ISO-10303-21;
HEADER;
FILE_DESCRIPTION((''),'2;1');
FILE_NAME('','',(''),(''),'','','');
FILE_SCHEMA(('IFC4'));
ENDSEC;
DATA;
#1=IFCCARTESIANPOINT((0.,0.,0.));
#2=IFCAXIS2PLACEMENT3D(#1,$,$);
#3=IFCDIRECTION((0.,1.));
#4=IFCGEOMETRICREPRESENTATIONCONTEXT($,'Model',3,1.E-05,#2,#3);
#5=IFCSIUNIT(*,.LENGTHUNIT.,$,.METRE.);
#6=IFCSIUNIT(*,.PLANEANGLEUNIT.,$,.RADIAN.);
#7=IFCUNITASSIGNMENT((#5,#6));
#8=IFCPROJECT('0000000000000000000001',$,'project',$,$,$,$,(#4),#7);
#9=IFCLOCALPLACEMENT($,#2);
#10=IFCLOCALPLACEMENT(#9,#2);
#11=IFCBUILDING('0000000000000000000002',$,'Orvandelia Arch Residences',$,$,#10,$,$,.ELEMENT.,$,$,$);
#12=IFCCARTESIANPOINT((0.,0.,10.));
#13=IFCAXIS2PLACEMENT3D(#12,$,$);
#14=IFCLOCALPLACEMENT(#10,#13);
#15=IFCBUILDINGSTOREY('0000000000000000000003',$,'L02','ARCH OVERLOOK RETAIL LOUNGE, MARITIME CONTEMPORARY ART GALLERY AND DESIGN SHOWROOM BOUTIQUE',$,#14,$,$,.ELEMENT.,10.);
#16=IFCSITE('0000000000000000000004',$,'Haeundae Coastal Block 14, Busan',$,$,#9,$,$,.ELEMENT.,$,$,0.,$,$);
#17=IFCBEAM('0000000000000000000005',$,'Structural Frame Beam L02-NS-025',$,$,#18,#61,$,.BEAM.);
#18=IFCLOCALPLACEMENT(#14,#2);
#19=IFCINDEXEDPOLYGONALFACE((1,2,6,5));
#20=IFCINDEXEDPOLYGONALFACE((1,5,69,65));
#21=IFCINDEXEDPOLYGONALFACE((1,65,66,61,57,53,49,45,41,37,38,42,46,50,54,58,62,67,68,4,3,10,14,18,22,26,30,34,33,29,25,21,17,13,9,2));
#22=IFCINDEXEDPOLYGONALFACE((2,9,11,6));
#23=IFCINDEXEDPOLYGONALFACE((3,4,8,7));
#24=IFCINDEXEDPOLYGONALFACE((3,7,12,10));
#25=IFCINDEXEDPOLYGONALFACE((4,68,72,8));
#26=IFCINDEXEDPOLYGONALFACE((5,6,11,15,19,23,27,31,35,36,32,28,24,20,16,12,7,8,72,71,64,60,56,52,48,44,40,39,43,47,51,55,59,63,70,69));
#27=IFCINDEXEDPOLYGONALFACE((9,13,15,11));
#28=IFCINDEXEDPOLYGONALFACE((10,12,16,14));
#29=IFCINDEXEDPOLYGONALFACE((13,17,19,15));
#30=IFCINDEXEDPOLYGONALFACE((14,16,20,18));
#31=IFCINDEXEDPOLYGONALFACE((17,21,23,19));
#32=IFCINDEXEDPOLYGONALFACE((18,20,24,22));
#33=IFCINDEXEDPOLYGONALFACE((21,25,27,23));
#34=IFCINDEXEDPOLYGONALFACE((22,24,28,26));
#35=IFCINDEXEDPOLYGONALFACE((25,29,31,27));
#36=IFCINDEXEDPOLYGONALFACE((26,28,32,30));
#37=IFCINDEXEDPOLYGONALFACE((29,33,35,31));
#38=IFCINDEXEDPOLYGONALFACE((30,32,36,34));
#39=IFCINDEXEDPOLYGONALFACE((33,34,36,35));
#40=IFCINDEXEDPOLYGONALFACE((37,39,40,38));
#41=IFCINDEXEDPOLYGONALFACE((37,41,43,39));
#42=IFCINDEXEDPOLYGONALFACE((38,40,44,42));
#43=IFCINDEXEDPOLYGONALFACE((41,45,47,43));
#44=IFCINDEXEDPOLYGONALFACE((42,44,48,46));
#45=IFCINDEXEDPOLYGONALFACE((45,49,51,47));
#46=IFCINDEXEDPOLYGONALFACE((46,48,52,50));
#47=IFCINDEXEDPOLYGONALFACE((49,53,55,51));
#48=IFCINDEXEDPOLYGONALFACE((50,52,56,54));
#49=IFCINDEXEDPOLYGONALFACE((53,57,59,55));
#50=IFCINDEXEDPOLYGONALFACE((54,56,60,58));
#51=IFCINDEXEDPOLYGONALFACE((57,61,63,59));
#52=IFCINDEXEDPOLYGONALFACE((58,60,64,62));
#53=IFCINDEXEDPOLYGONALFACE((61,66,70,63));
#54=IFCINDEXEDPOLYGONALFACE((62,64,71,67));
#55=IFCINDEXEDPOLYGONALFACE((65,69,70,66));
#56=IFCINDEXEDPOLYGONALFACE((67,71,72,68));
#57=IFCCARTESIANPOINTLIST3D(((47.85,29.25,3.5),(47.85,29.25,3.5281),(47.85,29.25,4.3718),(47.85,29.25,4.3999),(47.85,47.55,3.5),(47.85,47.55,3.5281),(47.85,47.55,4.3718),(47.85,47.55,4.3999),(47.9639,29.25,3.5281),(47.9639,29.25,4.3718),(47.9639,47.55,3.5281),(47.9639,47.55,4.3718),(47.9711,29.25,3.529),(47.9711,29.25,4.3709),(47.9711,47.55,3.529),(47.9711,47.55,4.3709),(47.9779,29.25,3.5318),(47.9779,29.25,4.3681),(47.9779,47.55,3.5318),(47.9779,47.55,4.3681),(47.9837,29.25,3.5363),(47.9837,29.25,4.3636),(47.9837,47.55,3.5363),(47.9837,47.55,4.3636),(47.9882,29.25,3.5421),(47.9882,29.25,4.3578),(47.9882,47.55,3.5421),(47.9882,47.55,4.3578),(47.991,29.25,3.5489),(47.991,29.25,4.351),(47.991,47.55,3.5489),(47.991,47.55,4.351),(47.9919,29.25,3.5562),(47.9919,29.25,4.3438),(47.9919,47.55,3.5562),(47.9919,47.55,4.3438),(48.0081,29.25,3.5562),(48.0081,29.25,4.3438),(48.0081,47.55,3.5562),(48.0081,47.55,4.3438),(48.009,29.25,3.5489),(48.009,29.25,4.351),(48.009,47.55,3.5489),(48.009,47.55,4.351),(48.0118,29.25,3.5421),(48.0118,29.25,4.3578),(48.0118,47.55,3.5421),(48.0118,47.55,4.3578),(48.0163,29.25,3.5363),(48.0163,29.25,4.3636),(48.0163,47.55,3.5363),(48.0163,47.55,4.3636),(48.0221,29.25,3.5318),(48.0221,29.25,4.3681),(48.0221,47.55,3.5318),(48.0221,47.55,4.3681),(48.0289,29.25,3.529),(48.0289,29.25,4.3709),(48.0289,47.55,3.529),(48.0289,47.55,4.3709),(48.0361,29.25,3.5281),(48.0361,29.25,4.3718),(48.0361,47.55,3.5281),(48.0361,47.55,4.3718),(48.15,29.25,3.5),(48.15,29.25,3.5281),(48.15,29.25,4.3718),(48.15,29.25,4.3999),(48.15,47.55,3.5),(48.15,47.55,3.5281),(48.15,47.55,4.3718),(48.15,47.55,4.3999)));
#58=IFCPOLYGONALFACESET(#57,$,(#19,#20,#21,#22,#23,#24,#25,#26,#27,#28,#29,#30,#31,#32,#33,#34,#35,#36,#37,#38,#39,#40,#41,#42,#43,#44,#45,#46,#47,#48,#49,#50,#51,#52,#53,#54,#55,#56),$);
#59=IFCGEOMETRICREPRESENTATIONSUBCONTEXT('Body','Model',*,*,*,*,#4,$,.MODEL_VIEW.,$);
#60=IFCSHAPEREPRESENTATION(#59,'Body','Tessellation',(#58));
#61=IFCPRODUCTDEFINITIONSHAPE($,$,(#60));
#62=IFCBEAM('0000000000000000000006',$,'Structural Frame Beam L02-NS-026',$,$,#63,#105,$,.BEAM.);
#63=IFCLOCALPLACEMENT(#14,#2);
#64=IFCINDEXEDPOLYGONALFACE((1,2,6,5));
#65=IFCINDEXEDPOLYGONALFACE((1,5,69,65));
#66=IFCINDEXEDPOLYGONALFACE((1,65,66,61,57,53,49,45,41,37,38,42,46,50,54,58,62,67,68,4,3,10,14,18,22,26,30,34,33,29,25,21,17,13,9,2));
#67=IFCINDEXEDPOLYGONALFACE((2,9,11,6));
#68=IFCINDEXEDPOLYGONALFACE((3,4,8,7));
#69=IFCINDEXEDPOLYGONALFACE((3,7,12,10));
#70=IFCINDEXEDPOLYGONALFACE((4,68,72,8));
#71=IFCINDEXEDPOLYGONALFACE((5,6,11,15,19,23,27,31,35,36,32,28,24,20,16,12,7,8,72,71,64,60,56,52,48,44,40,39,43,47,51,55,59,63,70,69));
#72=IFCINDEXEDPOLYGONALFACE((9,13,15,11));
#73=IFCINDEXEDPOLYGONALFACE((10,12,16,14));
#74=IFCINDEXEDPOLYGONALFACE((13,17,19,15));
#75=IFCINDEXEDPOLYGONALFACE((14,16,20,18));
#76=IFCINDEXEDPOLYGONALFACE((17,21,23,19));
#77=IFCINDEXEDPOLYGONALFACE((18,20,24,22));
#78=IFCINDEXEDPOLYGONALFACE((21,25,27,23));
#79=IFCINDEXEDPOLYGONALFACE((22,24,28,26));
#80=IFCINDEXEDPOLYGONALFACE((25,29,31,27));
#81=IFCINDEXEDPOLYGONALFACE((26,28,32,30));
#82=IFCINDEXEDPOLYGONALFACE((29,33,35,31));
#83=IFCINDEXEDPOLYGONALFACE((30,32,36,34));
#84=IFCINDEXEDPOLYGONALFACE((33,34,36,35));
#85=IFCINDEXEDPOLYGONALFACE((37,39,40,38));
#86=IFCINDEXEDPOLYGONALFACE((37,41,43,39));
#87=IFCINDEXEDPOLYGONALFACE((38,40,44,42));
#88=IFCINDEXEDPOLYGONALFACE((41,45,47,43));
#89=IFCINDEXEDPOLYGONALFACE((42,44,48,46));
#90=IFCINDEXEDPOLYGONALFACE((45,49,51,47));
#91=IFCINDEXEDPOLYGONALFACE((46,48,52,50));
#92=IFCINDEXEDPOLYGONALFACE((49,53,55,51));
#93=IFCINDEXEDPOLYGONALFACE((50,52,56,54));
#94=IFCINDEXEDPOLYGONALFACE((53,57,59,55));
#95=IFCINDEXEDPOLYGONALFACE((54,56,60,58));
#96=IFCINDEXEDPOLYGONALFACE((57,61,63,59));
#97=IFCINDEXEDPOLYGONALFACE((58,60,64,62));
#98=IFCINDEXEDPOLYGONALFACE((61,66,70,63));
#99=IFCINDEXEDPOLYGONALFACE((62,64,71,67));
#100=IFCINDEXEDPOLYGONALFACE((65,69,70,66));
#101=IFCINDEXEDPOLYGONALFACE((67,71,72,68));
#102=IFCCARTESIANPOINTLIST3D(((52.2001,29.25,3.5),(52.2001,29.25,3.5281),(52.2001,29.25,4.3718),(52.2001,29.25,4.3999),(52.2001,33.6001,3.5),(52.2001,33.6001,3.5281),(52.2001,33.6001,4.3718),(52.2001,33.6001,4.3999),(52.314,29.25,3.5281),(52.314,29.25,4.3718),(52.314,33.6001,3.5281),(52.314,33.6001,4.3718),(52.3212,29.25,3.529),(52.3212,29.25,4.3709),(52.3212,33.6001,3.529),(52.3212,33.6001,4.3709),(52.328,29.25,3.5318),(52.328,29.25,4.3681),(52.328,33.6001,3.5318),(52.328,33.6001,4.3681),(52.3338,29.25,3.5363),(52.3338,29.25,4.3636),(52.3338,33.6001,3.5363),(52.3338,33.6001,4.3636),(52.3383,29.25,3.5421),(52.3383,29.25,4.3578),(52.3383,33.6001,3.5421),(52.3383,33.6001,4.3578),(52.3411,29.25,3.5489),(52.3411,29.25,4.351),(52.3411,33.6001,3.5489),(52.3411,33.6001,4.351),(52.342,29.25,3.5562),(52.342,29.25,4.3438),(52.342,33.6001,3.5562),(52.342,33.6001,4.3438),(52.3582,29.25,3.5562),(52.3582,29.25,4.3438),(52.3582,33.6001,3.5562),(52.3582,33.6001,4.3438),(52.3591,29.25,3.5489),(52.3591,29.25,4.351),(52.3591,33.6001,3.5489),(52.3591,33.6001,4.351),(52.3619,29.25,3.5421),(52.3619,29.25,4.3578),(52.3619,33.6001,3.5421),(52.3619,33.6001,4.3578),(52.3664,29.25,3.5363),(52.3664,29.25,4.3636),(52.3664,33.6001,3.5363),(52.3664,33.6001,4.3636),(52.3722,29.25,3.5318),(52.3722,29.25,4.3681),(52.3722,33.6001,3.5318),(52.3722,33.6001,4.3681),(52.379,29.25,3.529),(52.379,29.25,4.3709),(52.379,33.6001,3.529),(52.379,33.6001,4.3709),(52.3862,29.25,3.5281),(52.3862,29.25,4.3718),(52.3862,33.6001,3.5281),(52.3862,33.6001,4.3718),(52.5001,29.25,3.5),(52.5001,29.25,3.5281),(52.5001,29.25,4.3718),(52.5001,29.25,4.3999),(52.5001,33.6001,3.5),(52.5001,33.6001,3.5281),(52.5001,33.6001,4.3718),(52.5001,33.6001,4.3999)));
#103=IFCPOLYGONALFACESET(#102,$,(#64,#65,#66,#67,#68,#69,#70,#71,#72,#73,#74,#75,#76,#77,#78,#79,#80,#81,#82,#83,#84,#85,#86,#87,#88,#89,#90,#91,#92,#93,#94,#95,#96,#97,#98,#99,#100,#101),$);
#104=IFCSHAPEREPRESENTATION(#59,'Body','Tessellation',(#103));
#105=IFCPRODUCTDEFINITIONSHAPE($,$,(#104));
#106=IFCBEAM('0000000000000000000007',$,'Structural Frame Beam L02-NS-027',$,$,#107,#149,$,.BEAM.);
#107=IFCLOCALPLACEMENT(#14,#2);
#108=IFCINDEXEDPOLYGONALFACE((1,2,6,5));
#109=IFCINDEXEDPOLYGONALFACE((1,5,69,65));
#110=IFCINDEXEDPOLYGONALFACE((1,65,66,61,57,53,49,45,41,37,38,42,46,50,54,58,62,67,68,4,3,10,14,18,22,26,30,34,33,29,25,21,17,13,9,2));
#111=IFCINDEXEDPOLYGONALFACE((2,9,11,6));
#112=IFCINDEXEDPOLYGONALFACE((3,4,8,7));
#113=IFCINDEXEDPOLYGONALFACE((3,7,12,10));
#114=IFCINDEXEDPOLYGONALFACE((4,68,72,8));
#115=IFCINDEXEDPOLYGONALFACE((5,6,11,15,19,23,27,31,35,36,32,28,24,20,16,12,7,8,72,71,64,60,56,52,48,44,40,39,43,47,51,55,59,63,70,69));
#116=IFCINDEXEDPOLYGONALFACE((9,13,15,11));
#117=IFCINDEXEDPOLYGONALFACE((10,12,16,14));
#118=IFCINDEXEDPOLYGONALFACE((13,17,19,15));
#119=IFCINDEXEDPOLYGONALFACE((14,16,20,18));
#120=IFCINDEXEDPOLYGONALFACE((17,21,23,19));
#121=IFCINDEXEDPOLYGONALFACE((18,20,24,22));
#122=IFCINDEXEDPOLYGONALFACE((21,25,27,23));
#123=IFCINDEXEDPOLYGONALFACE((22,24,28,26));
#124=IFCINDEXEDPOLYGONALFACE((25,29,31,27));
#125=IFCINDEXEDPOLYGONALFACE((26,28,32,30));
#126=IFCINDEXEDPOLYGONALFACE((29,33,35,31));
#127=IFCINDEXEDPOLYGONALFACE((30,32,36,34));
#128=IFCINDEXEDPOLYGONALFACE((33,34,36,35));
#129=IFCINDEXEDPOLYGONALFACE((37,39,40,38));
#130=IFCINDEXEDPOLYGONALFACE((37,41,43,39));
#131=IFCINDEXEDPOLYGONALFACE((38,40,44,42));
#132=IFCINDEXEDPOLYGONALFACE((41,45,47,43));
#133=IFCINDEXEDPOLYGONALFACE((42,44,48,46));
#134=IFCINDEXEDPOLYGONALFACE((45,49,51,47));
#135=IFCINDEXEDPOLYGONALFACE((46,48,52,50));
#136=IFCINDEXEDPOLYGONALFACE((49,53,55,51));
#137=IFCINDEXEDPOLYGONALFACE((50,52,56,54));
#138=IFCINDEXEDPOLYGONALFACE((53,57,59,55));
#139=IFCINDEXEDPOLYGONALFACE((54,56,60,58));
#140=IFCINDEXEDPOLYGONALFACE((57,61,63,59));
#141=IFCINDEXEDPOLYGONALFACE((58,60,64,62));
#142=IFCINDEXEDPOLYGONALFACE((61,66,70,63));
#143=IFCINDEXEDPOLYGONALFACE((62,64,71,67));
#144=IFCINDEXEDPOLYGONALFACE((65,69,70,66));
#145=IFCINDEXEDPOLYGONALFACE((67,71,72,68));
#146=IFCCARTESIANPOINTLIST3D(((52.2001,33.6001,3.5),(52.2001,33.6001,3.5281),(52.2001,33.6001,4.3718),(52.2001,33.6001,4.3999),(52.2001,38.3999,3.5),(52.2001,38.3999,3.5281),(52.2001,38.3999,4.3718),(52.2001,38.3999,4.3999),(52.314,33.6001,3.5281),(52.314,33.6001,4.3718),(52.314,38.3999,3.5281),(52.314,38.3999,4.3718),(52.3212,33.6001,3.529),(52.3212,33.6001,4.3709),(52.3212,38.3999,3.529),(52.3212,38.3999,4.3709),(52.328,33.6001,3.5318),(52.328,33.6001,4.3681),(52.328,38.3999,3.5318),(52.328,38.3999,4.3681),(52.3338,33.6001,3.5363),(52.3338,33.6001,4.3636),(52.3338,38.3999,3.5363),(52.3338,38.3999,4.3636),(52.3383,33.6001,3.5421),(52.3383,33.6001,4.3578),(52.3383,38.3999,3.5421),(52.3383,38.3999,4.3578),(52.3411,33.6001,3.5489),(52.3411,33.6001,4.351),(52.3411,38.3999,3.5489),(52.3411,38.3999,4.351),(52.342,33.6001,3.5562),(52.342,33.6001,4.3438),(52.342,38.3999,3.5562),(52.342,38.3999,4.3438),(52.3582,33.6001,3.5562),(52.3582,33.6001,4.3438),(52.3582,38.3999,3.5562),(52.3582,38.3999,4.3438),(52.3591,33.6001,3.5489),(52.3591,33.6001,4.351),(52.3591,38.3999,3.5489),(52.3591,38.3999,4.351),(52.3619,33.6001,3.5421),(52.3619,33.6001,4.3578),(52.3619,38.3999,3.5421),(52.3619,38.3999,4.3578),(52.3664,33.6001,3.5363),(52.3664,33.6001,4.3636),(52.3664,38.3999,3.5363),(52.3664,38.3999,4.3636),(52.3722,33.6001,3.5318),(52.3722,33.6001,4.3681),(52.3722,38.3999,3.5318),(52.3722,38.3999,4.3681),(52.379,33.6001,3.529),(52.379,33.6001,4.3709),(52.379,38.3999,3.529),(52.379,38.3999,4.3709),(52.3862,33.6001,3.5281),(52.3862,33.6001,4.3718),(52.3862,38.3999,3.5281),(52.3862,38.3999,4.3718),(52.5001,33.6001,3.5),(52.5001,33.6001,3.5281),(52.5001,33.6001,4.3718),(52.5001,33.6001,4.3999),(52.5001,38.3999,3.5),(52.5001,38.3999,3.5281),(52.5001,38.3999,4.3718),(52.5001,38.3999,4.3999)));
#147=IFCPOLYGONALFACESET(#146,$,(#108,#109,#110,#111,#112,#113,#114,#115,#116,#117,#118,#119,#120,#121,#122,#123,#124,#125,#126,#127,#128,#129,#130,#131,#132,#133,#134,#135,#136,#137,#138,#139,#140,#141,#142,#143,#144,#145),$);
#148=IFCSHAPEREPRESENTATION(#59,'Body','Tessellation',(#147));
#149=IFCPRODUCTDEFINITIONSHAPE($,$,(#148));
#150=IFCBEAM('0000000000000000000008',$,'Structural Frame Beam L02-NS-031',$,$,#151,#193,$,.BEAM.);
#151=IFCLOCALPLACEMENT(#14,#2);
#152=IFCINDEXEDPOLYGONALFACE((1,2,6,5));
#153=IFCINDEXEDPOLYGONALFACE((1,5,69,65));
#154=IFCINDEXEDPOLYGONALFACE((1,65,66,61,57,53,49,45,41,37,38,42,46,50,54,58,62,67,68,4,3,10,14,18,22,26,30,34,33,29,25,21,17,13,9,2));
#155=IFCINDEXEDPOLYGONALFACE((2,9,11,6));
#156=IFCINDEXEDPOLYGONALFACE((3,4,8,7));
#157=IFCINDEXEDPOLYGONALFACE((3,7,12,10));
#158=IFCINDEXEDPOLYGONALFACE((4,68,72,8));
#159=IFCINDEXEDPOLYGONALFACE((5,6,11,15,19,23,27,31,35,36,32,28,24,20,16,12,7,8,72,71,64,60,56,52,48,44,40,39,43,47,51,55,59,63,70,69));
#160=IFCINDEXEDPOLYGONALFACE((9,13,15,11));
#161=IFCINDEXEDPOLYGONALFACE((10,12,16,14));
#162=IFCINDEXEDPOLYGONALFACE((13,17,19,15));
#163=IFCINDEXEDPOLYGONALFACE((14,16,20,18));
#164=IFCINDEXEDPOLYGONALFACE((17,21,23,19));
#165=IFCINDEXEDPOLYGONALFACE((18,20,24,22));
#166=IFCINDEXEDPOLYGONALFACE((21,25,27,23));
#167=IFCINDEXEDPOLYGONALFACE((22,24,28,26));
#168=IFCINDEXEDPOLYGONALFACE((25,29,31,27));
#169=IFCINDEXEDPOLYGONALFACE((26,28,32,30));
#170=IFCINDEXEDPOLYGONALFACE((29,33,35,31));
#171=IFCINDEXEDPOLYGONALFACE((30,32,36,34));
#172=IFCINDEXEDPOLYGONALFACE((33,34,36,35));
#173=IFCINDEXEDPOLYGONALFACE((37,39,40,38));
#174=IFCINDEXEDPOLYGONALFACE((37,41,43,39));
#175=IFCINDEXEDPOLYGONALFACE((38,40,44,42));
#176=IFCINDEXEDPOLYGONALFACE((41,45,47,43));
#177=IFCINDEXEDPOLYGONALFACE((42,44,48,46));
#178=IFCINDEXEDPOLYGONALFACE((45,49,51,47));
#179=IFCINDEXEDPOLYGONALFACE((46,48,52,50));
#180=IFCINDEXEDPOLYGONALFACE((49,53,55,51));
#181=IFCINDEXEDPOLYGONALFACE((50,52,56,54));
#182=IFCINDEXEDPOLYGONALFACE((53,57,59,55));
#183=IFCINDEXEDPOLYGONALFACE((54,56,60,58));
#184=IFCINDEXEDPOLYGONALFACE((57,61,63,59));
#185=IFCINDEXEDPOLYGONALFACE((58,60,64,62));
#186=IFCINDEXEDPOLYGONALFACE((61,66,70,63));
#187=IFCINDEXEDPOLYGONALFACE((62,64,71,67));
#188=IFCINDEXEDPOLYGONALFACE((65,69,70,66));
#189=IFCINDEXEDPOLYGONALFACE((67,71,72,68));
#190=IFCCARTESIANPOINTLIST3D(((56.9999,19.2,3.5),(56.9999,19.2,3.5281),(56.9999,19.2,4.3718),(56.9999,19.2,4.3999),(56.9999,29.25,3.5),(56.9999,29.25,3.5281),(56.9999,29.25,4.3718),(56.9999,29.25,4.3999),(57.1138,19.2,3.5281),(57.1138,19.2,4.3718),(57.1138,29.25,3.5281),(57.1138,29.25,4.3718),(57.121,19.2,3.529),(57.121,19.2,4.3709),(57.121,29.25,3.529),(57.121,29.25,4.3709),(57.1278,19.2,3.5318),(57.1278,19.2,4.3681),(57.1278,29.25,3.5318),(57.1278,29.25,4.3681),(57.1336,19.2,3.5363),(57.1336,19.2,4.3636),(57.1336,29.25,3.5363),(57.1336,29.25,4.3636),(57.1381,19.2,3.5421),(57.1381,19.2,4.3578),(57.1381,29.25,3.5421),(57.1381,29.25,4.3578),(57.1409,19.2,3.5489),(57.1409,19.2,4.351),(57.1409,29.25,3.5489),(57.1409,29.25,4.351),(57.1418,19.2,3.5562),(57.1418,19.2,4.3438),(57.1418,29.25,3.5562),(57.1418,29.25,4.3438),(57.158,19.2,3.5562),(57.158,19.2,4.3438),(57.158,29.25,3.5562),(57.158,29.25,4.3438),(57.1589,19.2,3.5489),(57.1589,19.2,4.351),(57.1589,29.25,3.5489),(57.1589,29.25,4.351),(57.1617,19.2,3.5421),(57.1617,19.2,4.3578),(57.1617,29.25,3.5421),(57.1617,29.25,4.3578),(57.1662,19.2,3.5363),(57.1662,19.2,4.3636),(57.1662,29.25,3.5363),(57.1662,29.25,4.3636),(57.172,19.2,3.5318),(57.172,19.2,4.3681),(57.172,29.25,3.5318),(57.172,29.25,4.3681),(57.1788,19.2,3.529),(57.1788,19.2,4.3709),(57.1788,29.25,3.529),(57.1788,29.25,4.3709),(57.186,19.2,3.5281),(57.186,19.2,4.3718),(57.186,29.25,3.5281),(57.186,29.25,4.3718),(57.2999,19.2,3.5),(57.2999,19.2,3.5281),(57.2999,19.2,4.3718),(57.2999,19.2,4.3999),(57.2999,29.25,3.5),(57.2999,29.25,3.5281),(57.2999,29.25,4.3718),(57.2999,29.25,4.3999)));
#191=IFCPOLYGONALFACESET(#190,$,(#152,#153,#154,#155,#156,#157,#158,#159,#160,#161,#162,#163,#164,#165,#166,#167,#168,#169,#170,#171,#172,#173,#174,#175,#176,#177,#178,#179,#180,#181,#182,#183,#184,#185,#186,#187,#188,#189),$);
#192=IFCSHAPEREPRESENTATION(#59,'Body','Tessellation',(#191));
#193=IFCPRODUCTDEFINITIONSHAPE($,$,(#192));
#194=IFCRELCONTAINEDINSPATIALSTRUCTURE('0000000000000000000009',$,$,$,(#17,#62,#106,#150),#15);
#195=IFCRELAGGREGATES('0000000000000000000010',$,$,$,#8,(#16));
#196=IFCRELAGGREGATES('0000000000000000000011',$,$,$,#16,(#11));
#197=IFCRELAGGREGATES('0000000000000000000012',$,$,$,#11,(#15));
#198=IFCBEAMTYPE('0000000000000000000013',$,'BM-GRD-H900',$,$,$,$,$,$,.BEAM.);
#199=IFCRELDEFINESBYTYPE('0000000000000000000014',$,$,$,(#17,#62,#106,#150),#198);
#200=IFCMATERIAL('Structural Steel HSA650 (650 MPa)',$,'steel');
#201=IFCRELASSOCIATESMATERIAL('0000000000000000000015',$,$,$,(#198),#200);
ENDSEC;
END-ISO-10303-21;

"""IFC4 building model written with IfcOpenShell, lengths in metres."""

from ifc_helpers import new_model, si_unit, direction, frame, origin, origin_2d, place, context, subcontext, project, spatial, i_section, extrude, material, material_profile, profile_set, type_object, element, save


model = new_model("IFC4")

# Units and contexts
model_context = context("Model", 3, precision=1e-05, world=origin(), true_north=direction((0.0, 1.0)))
body_context = subcontext(model_context, "Body", "Model", "MODEL_VIEW")
ifc_project = project(units=[si_unit("LENGTHUNIT", "METRE"), si_unit("PLANEANGLEUNIT", "RADIAN")], contexts=[model_context])

# Site, building, storey
site_placement = place(None, origin())
site = spatial("IfcSite", under=ifc_project, at=site_placement, Name="Haeundae Coastal Block 14, Busan", CompositionType="ELEMENT", RefElevation=0.0)
building_placement = place(site_placement, origin())
building = spatial("IfcBuilding", under=site, at=building_placement, Name="Orvandelia Arch Residences", CompositionType="ELEMENT")
storey_placement = place(building_placement, frame((0.0, 0.0, 10.0)))
storey = spatial("IfcBuildingStorey", under=building, at=storey_placement, Name="L02", Description="ARCH OVERLOOK RETAIL LOUNGE, MARITIME CONTEMPORARY ART GALLERY AND DESIGN SHOWROOM BOUTIQUE", CompositionType="ELEMENT", Elevation=10.0)

# Beams
ifc_material_1 = material(Name="Structural Steel HSA650 (650 MPa)", Category="steel")
ifc_material_profile_1 = material_profile(ifc_material_1, i_section(OverallWidth=0.3, OverallDepth=0.8999, WebThickness=0.0161, FlangeThickness=0.0281, FilletRadius=0.0281, at=origin_2d()), Name="Structural Steel HSA650 (650 MPa)", Category="steel")
ifc_profile_set_1 = profile_set([ifc_material_profile_1], Name="Structural Steel HSA650 (650 MPa)")
beam_type = type_object("IfcBeamType", Name="BM-GRD-H900", PredefinedType="BEAM", material=ifc_profile_set_1)
beam_1_placement = place(storey_placement, frame((48.0, 29.25, 3.95), z_axis=(0.0, 1.0, 0.0), x_axis=(-1.0, 0.0, 0.0)))
element("IfcBeam", 1, at=beam_1_placement, inside=storey, type_object=beam_type, Name="Structural Frame Beam L02-NS-025", PredefinedType="BEAM", context=body_context, shape_type="SweptSolid", body=[
    extrude(i_section(OverallWidth=0.3, OverallDepth=0.8999, WebThickness=0.0161, FlangeThickness=0.0281, FilletRadius=0.0281, at=origin_2d()), origin(), (0.0, 0.0, 1.0), 18.3),
])
beam_2_placement = place(storey_placement, frame((52.3501, 29.25, 3.95), z_axis=(0.0, 1.0, 0.0), x_axis=(-1.0, 0.0, 0.0)))
element("IfcBeam", 2, at=beam_2_placement, inside=storey, type_object=beam_type, Name="Structural Frame Beam L02-NS-026", PredefinedType="BEAM", context=body_context, shape_type="SweptSolid", body=[
    extrude(i_section(OverallWidth=0.3, OverallDepth=0.8999, WebThickness=0.0161, FlangeThickness=0.0281, FilletRadius=0.0281, at=origin_2d()), origin(), (0.0, 0.0, 1.0), 4.3501),
])
beam_3_placement = place(storey_placement, frame((52.3501, 33.6001, 3.95), z_axis=(0.0, 1.0, 0.0), x_axis=(-1.0, 0.0, 0.0)))
element("IfcBeam", 3, at=beam_3_placement, inside=storey, type_object=beam_type, Name="Structural Frame Beam L02-NS-027", PredefinedType="BEAM", context=body_context, shape_type="SweptSolid", body=[
    extrude(i_section(OverallWidth=0.3, OverallDepth=0.8999, WebThickness=0.0161, FlangeThickness=0.0281, FilletRadius=0.0281, at=origin_2d()), origin(), (0.0, 0.0, 1.0), 4.7998),
])
beam_4_placement = place(storey_placement, frame((57.1499, 19.2, 3.95), z_axis=(0.0, 1.0, 0.0), x_axis=(-1.0, 0.0, 0.0)))
element("IfcBeam", 4, at=beam_4_placement, inside=storey, type_object=beam_type, Name="Structural Frame Beam L02-NS-031", PredefinedType="BEAM", context=body_context, shape_type="SweptSolid", body=[
    extrude(i_section(OverallWidth=0.3, OverallDepth=0.8999, WebThickness=0.0161, FlangeThickness=0.0281, FilletRadius=0.0281, at=origin_2d()), origin(), (0.0, 0.0, 1.0), 10.05),
])

save(model, "model.ifc")
